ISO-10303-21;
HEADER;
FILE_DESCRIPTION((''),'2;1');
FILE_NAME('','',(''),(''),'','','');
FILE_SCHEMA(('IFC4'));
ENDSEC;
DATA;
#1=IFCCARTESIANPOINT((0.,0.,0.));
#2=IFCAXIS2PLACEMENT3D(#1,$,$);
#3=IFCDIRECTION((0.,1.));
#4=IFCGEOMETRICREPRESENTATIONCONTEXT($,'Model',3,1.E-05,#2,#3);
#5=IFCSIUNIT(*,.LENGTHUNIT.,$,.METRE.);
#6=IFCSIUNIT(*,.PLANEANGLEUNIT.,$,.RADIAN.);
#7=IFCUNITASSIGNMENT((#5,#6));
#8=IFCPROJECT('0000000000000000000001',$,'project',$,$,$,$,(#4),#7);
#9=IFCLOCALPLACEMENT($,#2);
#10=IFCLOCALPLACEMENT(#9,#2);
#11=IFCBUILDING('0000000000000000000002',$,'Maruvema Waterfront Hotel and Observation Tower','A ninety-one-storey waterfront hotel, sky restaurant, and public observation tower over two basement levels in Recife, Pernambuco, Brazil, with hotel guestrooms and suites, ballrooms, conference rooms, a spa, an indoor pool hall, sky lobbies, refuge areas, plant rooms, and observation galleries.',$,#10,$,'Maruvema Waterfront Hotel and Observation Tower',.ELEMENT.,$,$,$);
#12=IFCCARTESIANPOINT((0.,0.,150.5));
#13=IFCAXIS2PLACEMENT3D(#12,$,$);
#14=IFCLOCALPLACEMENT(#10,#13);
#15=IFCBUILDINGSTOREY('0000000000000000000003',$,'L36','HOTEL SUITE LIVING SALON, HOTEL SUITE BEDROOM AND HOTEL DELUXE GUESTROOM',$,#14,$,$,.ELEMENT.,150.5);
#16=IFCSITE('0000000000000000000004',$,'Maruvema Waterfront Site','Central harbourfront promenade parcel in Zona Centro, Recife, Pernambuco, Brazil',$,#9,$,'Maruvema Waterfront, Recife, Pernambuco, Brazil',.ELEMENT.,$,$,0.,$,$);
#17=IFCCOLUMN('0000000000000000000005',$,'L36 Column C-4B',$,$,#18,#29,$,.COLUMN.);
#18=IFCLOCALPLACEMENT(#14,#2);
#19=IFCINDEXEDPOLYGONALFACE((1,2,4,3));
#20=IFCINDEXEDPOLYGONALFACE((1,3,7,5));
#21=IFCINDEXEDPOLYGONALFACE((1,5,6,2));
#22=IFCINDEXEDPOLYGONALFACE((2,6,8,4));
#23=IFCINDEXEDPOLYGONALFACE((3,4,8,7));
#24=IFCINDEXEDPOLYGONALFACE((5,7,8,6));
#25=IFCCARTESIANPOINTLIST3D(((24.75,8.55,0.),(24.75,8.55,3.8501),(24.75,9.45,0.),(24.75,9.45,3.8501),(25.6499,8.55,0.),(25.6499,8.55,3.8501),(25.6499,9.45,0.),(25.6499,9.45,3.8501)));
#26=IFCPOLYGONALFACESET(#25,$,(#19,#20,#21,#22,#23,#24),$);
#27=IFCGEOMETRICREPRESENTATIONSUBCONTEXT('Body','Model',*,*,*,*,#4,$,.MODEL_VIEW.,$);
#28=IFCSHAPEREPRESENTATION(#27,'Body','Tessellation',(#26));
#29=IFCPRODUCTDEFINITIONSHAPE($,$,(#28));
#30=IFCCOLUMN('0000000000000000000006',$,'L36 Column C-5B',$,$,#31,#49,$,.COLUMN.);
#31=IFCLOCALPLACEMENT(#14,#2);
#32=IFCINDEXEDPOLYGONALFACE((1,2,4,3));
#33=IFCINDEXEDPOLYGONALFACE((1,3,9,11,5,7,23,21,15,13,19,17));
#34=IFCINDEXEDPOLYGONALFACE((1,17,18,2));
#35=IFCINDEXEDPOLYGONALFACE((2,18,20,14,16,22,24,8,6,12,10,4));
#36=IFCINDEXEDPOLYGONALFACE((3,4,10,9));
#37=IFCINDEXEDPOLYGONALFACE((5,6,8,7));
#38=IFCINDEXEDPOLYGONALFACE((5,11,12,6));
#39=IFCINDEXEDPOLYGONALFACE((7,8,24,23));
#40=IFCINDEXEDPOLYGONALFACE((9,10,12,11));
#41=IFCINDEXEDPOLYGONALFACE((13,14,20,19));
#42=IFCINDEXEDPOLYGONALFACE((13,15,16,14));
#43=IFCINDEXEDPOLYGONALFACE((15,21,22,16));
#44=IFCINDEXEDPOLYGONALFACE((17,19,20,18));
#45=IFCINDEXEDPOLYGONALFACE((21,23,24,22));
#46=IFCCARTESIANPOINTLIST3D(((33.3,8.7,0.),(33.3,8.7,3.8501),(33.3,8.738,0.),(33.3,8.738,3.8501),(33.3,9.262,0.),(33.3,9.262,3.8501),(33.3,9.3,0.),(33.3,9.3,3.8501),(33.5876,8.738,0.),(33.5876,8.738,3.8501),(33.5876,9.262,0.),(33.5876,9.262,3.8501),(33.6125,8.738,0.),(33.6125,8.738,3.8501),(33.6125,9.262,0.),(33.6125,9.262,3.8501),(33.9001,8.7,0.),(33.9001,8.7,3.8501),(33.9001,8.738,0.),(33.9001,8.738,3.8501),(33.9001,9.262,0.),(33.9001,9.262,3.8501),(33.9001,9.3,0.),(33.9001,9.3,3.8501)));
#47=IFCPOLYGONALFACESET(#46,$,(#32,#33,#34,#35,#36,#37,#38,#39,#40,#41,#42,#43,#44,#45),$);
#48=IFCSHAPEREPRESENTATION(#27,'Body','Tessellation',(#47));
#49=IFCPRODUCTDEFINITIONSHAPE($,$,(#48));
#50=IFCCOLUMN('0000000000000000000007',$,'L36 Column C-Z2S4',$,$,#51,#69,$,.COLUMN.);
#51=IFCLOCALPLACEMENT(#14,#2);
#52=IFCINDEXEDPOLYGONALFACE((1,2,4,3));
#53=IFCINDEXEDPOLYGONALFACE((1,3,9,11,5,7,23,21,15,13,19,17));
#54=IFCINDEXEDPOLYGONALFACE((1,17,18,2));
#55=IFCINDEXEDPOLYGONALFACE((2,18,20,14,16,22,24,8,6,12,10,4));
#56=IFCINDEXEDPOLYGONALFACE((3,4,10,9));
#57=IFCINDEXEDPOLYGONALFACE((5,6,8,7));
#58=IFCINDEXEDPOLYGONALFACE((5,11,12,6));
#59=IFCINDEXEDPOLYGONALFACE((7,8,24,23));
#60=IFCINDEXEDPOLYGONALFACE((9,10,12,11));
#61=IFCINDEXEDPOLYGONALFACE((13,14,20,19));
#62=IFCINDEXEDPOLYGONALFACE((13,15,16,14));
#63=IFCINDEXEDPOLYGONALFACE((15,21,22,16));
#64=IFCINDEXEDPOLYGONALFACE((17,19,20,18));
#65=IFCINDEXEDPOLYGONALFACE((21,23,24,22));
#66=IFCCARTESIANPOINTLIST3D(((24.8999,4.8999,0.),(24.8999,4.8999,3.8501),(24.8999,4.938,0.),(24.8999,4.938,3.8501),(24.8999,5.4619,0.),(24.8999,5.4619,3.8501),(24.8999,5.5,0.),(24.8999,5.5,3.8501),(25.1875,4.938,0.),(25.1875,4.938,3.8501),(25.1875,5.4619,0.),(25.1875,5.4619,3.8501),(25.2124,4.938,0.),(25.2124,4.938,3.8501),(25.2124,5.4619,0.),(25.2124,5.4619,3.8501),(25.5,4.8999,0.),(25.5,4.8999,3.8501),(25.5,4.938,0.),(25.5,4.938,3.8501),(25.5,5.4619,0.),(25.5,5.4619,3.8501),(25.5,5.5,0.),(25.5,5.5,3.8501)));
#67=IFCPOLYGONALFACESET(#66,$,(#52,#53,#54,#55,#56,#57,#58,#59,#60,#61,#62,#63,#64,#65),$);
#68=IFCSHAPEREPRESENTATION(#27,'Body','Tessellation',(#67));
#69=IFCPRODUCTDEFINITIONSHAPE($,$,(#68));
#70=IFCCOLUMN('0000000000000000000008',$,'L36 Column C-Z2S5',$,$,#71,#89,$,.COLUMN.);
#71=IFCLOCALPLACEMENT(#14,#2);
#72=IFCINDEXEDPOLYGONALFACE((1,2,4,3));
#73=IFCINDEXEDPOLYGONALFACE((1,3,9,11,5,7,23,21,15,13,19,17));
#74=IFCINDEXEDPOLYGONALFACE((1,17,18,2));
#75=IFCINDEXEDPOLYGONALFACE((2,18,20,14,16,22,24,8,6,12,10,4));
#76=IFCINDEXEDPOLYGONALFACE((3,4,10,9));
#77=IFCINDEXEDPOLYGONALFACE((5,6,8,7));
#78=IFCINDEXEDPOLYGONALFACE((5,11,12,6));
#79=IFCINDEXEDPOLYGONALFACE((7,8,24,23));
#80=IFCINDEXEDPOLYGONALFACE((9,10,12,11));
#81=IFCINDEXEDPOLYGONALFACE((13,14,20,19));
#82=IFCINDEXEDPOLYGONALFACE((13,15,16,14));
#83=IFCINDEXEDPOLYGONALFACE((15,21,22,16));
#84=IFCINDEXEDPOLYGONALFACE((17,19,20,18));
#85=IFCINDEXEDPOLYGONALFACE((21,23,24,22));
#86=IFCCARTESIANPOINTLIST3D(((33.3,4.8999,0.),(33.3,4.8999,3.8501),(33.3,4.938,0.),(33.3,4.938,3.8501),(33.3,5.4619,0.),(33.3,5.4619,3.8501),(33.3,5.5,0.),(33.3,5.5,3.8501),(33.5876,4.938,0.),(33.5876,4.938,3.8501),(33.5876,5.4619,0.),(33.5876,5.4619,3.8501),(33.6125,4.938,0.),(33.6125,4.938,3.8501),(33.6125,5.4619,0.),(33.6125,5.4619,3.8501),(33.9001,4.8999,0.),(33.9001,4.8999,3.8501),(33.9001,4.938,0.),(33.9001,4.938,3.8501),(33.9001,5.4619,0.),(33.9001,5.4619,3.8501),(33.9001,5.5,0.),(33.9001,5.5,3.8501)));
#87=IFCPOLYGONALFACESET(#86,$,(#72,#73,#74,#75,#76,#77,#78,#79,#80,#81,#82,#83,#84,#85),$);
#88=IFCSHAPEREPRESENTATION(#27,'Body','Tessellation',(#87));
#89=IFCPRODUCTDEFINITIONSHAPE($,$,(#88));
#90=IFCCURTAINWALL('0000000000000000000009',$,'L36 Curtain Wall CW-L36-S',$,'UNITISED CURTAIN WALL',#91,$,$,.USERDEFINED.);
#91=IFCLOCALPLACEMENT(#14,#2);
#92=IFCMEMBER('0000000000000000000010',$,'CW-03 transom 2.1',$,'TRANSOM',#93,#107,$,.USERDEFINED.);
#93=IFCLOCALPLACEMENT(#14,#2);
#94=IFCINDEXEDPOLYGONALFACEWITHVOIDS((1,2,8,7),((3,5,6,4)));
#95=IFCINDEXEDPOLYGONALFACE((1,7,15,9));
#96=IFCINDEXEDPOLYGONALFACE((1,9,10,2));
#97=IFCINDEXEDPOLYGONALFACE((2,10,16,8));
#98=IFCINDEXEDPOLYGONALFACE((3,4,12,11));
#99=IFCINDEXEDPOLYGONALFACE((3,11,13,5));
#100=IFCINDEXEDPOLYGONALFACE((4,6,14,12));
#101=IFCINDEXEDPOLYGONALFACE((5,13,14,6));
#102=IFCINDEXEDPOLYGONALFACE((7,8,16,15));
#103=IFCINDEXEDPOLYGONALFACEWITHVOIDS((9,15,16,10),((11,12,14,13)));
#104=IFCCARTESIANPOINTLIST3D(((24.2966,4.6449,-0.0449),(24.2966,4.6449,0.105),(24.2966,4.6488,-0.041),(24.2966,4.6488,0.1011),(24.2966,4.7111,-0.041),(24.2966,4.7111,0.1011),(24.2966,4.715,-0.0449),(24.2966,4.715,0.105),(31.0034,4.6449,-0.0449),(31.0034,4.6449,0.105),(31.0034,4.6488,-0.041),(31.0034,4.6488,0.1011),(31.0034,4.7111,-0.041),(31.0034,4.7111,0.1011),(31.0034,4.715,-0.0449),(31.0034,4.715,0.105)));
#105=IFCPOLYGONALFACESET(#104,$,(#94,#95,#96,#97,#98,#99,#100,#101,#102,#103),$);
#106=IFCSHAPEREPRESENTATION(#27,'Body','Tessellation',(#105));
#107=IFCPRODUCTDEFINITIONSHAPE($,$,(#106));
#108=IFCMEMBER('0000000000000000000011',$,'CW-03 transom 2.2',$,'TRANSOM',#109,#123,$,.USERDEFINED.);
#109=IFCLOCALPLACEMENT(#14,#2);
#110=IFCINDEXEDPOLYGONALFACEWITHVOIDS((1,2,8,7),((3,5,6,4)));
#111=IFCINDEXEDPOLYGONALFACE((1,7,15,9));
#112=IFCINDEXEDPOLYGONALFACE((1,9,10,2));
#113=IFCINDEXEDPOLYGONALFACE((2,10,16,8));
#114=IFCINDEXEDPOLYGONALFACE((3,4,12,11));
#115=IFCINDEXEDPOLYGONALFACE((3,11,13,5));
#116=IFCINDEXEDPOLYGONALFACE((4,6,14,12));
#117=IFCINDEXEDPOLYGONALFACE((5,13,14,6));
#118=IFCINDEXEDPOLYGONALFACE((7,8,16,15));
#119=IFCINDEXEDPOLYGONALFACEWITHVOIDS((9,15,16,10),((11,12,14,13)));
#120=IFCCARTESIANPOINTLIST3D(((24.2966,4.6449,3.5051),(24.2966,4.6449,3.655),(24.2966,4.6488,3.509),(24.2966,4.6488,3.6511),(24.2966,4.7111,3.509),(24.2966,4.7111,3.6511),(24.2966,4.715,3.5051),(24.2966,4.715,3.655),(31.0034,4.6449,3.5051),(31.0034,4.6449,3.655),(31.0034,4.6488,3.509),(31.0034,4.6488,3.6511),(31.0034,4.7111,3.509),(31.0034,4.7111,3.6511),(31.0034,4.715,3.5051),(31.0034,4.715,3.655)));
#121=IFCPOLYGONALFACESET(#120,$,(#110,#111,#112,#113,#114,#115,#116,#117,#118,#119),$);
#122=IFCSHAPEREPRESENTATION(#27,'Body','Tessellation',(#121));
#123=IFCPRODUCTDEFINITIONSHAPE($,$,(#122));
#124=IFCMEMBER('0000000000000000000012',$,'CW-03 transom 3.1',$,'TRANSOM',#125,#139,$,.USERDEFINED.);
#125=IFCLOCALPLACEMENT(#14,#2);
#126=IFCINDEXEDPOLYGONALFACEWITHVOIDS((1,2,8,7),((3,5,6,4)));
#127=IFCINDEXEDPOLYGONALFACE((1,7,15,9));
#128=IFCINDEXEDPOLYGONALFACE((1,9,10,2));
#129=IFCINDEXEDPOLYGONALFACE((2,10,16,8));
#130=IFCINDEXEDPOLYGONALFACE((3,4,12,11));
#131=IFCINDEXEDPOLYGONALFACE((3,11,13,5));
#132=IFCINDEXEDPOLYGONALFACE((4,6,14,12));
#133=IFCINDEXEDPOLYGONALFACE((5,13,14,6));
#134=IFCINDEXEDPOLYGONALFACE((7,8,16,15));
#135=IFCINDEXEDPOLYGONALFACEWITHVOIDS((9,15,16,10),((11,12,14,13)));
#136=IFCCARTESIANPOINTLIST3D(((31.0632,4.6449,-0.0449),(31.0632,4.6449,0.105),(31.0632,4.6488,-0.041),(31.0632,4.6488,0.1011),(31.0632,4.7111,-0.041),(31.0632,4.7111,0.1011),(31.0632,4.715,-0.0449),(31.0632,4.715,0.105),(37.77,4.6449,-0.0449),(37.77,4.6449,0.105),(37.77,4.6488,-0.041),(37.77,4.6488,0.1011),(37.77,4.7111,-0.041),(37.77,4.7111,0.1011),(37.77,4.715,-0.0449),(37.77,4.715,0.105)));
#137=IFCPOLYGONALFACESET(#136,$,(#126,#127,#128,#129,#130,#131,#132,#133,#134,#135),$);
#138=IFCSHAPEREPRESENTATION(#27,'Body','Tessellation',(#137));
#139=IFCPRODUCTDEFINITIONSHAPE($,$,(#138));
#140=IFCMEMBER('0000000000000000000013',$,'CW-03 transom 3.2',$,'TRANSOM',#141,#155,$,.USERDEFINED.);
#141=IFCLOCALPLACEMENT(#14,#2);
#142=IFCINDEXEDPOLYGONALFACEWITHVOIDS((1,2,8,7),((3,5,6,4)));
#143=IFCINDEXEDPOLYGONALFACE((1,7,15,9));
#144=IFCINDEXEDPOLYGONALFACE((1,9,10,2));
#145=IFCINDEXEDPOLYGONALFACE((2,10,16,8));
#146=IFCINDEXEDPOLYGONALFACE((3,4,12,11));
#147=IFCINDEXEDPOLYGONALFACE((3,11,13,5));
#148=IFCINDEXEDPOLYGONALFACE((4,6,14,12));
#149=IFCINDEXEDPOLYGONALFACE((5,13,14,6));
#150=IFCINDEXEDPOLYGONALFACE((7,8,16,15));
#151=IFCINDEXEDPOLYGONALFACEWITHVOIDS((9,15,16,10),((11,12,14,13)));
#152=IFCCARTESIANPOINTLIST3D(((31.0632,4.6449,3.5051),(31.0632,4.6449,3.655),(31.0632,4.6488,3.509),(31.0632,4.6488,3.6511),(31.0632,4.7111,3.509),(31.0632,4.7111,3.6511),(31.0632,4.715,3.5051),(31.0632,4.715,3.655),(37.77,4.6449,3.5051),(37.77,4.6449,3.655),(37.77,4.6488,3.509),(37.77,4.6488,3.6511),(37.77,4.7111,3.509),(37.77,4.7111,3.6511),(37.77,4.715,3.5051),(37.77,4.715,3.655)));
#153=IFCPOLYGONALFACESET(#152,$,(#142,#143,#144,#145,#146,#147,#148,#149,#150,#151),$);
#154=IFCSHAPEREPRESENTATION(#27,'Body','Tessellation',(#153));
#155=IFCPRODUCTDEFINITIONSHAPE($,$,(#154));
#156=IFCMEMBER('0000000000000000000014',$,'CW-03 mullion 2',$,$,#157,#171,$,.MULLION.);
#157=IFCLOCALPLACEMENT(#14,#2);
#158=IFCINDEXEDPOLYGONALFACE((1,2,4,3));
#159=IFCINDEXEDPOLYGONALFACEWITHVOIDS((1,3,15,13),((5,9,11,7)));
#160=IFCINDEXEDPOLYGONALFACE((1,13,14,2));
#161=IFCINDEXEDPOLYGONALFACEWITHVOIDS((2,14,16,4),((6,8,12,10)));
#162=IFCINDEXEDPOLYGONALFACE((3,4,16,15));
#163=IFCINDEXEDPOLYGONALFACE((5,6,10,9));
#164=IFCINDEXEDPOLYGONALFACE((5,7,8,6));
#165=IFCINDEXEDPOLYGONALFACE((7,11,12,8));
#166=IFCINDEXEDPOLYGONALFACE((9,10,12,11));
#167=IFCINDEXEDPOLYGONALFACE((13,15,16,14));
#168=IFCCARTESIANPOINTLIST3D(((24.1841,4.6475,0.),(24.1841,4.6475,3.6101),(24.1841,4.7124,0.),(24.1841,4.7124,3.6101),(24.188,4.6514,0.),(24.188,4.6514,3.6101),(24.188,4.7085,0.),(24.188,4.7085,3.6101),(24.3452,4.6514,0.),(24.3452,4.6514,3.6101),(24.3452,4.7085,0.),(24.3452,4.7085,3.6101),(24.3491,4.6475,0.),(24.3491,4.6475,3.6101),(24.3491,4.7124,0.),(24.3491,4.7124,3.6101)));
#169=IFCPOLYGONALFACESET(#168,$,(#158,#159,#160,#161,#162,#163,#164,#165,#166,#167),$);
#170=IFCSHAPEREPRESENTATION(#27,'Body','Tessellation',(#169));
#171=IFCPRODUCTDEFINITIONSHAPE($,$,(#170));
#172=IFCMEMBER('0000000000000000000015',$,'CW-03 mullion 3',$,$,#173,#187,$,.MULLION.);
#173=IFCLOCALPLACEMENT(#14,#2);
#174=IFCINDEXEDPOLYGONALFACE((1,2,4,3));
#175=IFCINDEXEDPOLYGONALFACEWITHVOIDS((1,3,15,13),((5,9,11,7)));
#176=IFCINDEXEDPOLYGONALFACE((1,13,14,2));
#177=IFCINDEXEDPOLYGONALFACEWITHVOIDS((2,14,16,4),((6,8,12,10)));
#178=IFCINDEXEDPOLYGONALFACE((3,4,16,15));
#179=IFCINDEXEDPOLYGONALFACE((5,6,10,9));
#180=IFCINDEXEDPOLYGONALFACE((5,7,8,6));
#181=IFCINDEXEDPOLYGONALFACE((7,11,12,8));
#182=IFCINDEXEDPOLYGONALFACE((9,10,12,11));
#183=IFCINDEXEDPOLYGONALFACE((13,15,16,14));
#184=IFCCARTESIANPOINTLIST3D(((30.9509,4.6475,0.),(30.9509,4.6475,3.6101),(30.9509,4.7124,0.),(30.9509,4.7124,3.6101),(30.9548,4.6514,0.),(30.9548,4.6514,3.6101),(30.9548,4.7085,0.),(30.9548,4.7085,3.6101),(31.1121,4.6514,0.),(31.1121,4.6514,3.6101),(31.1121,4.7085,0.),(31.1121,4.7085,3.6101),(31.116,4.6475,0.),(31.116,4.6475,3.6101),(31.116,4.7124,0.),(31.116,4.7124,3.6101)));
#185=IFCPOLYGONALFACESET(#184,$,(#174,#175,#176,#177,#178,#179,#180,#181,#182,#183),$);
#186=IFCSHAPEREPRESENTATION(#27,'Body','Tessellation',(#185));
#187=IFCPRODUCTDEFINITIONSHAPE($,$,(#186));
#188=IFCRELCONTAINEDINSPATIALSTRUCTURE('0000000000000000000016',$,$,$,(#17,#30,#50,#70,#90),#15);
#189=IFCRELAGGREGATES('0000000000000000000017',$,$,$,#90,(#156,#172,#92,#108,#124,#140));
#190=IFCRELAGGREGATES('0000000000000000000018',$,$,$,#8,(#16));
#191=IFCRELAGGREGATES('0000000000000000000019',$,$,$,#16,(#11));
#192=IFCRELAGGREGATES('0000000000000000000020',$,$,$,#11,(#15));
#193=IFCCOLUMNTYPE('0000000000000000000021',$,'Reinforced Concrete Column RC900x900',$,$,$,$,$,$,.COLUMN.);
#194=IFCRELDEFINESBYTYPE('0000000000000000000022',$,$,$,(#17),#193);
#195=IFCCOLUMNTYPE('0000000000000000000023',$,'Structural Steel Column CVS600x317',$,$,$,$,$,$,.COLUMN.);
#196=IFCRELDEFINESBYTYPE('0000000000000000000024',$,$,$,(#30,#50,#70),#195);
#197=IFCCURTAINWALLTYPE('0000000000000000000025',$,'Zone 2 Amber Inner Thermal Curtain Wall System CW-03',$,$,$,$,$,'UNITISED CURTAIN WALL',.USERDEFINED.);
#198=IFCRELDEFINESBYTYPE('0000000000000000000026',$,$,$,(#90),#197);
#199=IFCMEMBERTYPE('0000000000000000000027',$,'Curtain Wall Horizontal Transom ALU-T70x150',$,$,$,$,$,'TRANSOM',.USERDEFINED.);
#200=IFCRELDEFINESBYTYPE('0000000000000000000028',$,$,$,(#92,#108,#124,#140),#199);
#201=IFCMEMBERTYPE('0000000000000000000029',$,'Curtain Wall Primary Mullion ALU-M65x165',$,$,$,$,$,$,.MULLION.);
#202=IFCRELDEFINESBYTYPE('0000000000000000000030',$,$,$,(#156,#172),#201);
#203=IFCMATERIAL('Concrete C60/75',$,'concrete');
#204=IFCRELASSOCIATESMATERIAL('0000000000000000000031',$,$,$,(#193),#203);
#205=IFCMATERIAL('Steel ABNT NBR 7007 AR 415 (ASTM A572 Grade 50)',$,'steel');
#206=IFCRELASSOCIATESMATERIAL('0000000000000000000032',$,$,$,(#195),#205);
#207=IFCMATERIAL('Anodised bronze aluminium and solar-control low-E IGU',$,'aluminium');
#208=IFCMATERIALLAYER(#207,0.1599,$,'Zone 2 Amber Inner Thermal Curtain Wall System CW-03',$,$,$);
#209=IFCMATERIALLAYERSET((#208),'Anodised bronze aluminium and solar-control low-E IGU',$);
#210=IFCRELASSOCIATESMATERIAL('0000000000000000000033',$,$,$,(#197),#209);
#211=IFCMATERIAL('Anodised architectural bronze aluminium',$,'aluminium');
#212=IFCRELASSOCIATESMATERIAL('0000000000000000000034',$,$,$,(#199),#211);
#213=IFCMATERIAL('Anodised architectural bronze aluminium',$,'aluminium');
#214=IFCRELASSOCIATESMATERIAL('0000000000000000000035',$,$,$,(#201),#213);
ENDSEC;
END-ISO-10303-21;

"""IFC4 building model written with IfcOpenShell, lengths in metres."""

from ifc_helpers import new_model, si_unit, direction, frame, origin, origin_2d, place, context, subcontext, project, spatial, rectangle, hollow_rectangle, i_section, extrude, material, layer, layer_set, material_profile, profile_set, type_object, element, aggregate, save


model = new_model("IFC4")

# Units and contexts
model_context = context("Model", 3, precision=1e-05, world=origin(), true_north=direction((0.0, 1.0)))
body_context = subcontext(model_context, "Body", "Model", "MODEL_VIEW")
ifc_project = project(units=[si_unit("LENGTHUNIT", "METRE"), si_unit("PLANEANGLEUNIT", "RADIAN")], contexts=[model_context])

# Site, building, storey
site_placement = place(None, origin())
site = spatial("IfcSite", under=ifc_project, at=site_placement, Name="Maruvema Waterfront Site", Description="Central harbourfront promenade parcel in Zona Centro, Recife, Pernambuco, Brazil", LongName="Maruvema Waterfront, Recife, Pernambuco, Brazil", CompositionType="ELEMENT", RefElevation=0.0)
building_placement = place(site_placement, origin())
building = spatial("IfcBuilding", under=site, at=building_placement, Name="Maruvema Waterfront Hotel and Observation Tower", Description="A ninety-one-storey waterfront hotel, sky restaurant, and public observation tower over two basement levels in Recife, Pernambuco, Brazil, with hotel guestrooms and suites, ballrooms, conference rooms, a spa, an indoor pool hall, sky lobbies, refuge areas, plant rooms, and observation galleries.", LongName="Maruvema Waterfront Hotel and Observation Tower", CompositionType="ELEMENT")
storey_placement = place(building_placement, frame((0.0, 0.0, 150.5)))
storey = spatial("IfcBuildingStorey", under=building, at=storey_placement, Name="L36", Description="HOTEL SUITE LIVING SALON, HOTEL SUITE BEDROOM AND HOTEL DELUXE GUESTROOM", CompositionType="ELEMENT", Elevation=150.5)

# Columns
ifc_material_1 = material(Name="Concrete C60/75", Category="concrete")
ifc_material_profile_1 = material_profile(ifc_material_1, rectangle(XDim=0.8999, YDim=0.8999, at=origin_2d()), Name="RC900x900")
ifc_profile_set_1 = profile_set([ifc_material_profile_1], Name="Concrete C60/75")
column_type_1 = type_object("IfcColumnType", Name="Reinforced Concrete Column RC900x900", PredefinedType="COLUMN", material=ifc_profile_set_1)
column_placement = place(storey_placement, frame((25.2, 9.0, 0.0), z_axis=(0.0, 0.0, 1.0), x_axis=(1.0, 0.0, 0.0)))
element("IfcColumn", 1, at=column_placement, inside=storey, type_object=column_type_1, Name="L36 Column C-4B", PredefinedType="COLUMN", context=body_context, shape_type="SweptSolid", body=[
    extrude(rectangle(XDim=0.8999, YDim=0.8999, at=origin_2d()), origin(), (0.0, 0.0, 1.0), 3.8501),
])
ifc_material_2 = material(Name="Steel ABNT NBR 7007 AR 415 (ASTM A572 Grade 50)", Category="steel")
ifc_material_profile_2 = material_profile(ifc_material_2, i_section(OverallWidth=0.6001, OverallDepth=0.6001, WebThickness=0.0249, FlangeThickness=0.0381, at=origin_2d()), Name="CVS600x317")
ifc_profile_set_2 = profile_set([ifc_material_profile_2], Name="Steel ABNT NBR 7007 AR 415 (ASTM A572 Grade 50)")
column_type_2 = type_object("IfcColumnType", Name="Structural Steel Column CVS600x317", PredefinedType="COLUMN", material=ifc_profile_set_2)
for number, where, z_axis, x_axis, name in (
    (2, (33.6001, 9.0, 0.0), (0.0, 0.0, 1.0), (1.0, 0.0, 0.0), "L36 Column C-5B"),
    (3, (25.2, 5.2, 0.0), (0.0, 0.0, 1.0), (1.0, 0.0, 0.0), "L36 Column C-Z2S4"),
    (4, (33.6001, 5.2, 0.0), (0.0, 0.0, 1.0), (1.0, 0.0, 0.0), "L36 Column C-Z2S5"),
):
    element("IfcColumn", number, at=place(storey_placement, frame(where, z_axis=z_axis, x_axis=x_axis)), inside=storey, type_object=column_type_2, Name=name, PredefinedType="COLUMN", context=body_context, shape_type="SweptSolid", body=[
        extrude(i_section(OverallWidth=0.6001, OverallDepth=0.6001, WebThickness=0.0249, FlangeThickness=0.0381, at=origin_2d()), origin(), (0.0, 0.0, 1.0), 3.8501),
    ])

# Curtain wall, members
ifc_material_3 = material(Name="Anodised bronze aluminium and solar-control low-E IGU", Category="aluminium")
ifc_layer_1 = layer(ifc_material_3, 0.1599, Name="Zone 2 Amber Inner Thermal Curtain Wall System CW-03")
ifc_layer_set_1 = layer_set([ifc_layer_1], Name="Anodised bronze aluminium and solar-control low-E IGU")
curtain_wall_type = type_object("IfcCurtainWallType", Name="Zone 2 Amber Inner Thermal Curtain Wall System CW-03", ElementType="UNITISED CURTAIN WALL", PredefinedType="USERDEFINED", material=ifc_layer_set_1)
curtain_wall_placement = place(storey_placement, origin())
curtain_wall = element("IfcCurtainWall", 5, at=curtain_wall_placement, inside=storey, type_object=curtain_wall_type, Name="L36 Curtain Wall CW-L36-S", ObjectType="UNITISED CURTAIN WALL", PredefinedType="USERDEFINED")
ifc_material_4 = material(Name="Anodised architectural bronze aluminium", Category="aluminium")
ifc_material_profile_3 = material_profile(ifc_material_4, hollow_rectangle(XDim=0.0701, YDim=0.1499, WallThickness=0.0039, at=origin_2d()), Name="ALU-T70x150")
ifc_profile_set_3 = profile_set([ifc_material_profile_3], Name="Anodised architectural bronze aluminium")
member_type_1 = type_object("IfcMemberType", Name="Curtain Wall Horizontal Transom ALU-T70x150", ElementType="TRANSOM", PredefinedType="USERDEFINED", material=ifc_profile_set_3)
member_1_placement = place(storey_placement, frame((24.2966, 4.6799, 0.03), z_axis=(1.0, 0.0, 0.0), x_axis=(0.0, 1.0, 0.0)))
member_1 = element("IfcMember", 6, at=member_1_placement, type_object=member_type_1, Name="CW-03 transom 2.1", ObjectType="TRANSOM", PredefinedType="USERDEFINED", context=body_context, shape_type="SweptSolid", body=[
    extrude(hollow_rectangle(XDim=0.0701, YDim=0.1499, WallThickness=0.0039, at=origin_2d()), origin(), (0.0, 0.0, 1.0), 6.7068),
])
member_2_placement = place(storey_placement, frame((24.2966, 4.6799, 3.5801), z_axis=(1.0, 0.0, 0.0), x_axis=(0.0, 1.0, 0.0)))
member_2 = element("IfcMember", 7, at=member_2_placement, type_object=member_type_1, Name="CW-03 transom 2.2", ObjectType="TRANSOM", PredefinedType="USERDEFINED", context=body_context, shape_type="SweptSolid", body=[
    extrude(hollow_rectangle(XDim=0.0701, YDim=0.1499, WallThickness=0.0039, at=origin_2d()), origin(), (0.0, 0.0, 1.0), 6.7068),
])
member_3_placement = place(storey_placement, frame((31.0632, 4.6799, 0.03), z_axis=(1.0, 0.0, 0.0), x_axis=(0.0, 1.0, 0.0)))
member_3 = element("IfcMember", 8, at=member_3_placement, type_object=member_type_1, Name="CW-03 transom 3.1", ObjectType="TRANSOM", PredefinedType="USERDEFINED", context=body_context, shape_type="SweptSolid", body=[
    extrude(hollow_rectangle(XDim=0.0701, YDim=0.1499, WallThickness=0.0039, at=origin_2d()), origin(), (0.0, 0.0, 1.0), 6.7068),
])
member_4_placement = place(storey_placement, frame((31.0632, 4.6799, 3.5801), z_axis=(1.0, 0.0, 0.0), x_axis=(0.0, 1.0, 0.0)))
member_4 = element("IfcMember", 9, at=member_4_placement, type_object=member_type_1, Name="CW-03 transom 3.2", ObjectType="TRANSOM", PredefinedType="USERDEFINED", context=body_context, shape_type="SweptSolid", body=[
    extrude(hollow_rectangle(XDim=0.0701, YDim=0.1499, WallThickness=0.0039, at=origin_2d()), origin(), (0.0, 0.0, 1.0), 6.7068),
])
ifc_material_5 = material(Name="Anodised architectural bronze aluminium", Category="aluminium")
ifc_material_profile_4 = material_profile(ifc_material_5, hollow_rectangle(XDim=0.0649, YDim=0.165, WallThickness=0.0039, at=origin_2d()), Name="ALU-M65x165")
ifc_profile_set_4 = profile_set([ifc_material_profile_4], Name="Anodised architectural bronze aluminium")
member_type_2 = type_object("IfcMemberType", Name="Curtain Wall Primary Mullion ALU-M65x165", PredefinedType="MULLION", material=ifc_profile_set_4)
member_5_placement = place(storey_placement, frame((24.2666, 4.6799, 0.0), z_axis=(0.0, 0.0, 1.0), x_axis=(0.0, 1.0, 0.0)))
member_5 = element("IfcMember", 10, at=member_5_placement, type_object=member_type_2, Name="CW-03 mullion 2", PredefinedType="MULLION", context=body_context, shape_type="SweptSolid", body=[
    extrude(hollow_rectangle(XDim=0.0649, YDim=0.165, WallThickness=0.0039, at=origin_2d()), origin(), (0.0, 0.0, 1.0), 3.6101),
])
member_6_placement = place(storey_placement, frame((31.0334, 4.6799, 0.0), z_axis=(0.0, 0.0, 1.0), x_axis=(0.0, 1.0, 0.0)))
member_6 = element("IfcMember", 11, at=member_6_placement, type_object=member_type_2, Name="CW-03 mullion 3", PredefinedType="MULLION", context=body_context, shape_type="SweptSolid", body=[
    extrude(hollow_rectangle(XDim=0.0649, YDim=0.165, WallThickness=0.0039, at=origin_2d()), origin(), (0.0, 0.0, 1.0), 3.6101),
])

aggregate(curtain_wall, [member_5, member_6, member_1, member_2, member_3, member_4])

save(model, "model.ifc")
